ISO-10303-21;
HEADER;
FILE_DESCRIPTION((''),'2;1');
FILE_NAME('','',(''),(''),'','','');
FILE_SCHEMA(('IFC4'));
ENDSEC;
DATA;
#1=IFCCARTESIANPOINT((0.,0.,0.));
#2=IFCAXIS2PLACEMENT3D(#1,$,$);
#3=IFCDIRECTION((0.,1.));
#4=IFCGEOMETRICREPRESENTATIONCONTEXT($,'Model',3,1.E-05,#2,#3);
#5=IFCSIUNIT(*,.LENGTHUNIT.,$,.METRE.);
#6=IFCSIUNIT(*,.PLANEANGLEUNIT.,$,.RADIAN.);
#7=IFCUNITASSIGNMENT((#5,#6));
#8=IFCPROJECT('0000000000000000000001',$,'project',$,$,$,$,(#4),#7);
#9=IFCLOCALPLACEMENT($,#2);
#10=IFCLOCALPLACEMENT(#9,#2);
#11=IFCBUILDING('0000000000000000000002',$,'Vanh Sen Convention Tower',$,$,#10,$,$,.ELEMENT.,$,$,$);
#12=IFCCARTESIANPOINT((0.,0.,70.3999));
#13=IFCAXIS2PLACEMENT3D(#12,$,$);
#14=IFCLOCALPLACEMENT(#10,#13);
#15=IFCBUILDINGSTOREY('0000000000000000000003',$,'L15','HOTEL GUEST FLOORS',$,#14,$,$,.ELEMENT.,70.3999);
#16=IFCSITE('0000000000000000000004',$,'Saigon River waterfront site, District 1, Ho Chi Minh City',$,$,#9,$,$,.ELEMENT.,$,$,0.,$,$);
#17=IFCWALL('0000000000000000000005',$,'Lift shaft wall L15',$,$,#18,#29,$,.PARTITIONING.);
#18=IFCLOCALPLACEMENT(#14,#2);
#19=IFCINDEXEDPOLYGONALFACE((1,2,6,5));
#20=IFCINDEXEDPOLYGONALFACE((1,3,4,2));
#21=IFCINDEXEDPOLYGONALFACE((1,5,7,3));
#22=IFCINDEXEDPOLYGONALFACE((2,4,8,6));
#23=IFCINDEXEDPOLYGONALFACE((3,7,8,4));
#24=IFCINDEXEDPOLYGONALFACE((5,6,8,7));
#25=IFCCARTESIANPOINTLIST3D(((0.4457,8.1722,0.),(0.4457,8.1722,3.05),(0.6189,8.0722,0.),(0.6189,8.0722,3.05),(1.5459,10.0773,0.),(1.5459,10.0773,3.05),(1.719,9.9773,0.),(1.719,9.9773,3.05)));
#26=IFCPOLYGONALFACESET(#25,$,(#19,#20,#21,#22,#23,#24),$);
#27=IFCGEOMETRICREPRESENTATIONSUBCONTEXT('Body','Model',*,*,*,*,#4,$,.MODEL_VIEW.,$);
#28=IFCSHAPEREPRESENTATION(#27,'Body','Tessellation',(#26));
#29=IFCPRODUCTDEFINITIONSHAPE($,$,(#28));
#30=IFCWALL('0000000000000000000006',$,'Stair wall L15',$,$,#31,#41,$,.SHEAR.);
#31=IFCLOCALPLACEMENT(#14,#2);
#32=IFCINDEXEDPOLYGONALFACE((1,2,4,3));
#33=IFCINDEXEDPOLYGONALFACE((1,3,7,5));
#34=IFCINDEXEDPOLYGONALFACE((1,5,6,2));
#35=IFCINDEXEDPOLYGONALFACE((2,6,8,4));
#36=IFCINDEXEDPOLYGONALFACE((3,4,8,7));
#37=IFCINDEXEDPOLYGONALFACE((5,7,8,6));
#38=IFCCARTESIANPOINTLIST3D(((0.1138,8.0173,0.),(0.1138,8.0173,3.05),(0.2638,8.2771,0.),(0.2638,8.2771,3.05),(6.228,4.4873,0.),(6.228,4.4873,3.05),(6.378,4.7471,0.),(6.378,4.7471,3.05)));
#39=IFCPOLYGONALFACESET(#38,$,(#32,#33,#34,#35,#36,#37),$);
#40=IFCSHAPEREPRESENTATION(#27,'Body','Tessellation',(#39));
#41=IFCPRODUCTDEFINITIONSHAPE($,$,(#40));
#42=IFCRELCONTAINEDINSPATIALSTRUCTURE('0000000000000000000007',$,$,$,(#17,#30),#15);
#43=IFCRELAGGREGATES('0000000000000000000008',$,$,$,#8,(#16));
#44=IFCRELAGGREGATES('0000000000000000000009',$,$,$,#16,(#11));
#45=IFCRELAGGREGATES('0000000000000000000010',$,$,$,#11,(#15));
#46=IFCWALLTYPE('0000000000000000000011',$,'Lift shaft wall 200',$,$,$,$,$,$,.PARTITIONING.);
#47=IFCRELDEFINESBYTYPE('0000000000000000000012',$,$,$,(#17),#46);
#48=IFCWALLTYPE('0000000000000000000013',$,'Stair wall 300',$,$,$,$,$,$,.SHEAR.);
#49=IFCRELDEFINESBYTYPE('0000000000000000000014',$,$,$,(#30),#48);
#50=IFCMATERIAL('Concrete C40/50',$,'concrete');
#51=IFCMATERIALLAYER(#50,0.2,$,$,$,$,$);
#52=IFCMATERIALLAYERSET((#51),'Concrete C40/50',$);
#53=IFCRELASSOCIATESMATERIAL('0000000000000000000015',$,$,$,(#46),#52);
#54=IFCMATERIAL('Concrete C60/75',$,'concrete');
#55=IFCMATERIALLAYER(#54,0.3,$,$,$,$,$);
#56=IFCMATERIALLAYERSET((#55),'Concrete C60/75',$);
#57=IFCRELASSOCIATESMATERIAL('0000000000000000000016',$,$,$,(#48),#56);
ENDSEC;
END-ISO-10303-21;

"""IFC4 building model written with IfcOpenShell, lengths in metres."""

from ifc_helpers import new_model, si_unit, direction, frame, frame_2d, origin, place, context, subcontext, project, spatial, rectangle, extrude, material, layer, layer_set, type_object, element, save


model = new_model("IFC4")

# Units and contexts
model_context = context("Model", 3, precision=1e-05, world=origin(), true_north=direction((0.0, 1.0)))
body_context = subcontext(model_context, "Body", "Model", "MODEL_VIEW")
ifc_project = project(units=[si_unit("LENGTHUNIT", "METRE"), si_unit("PLANEANGLEUNIT", "RADIAN")], contexts=[model_context])

# Site, building, storey
site_placement = place(None, origin())
site = spatial("IfcSite", under=ifc_project, at=site_placement, Name="Saigon River waterfront site, District 1, Ho Chi Minh City", CompositionType="ELEMENT", RefElevation=0.0)
building_placement = place(site_placement, origin())
building = spatial("IfcBuilding", under=site, at=building_placement, Name="Vanh Sen Convention Tower", CompositionType="ELEMENT")
storey_placement = place(building_placement, frame((0.0, 0.0, 70.3999)))
storey = spatial("IfcBuildingStorey", under=building, at=storey_placement, Name="L15", Description="HOTEL GUEST FLOORS", CompositionType="ELEMENT", Elevation=70.3999)

# Shared definitions
ifc_material_1 = material(Name="Concrete C60/75", Category="concrete")

# Walls
ifc_material_2 = material(Name="Concrete C40/50", Category="concrete")
ifc_layer_1 = layer(ifc_material_2, 0.2)
ifc_layer_set_1 = layer_set([ifc_layer_1], Name="Concrete C40/50")
wall_type_1 = type_object("IfcWallType", Name="Lift shaft wall 200", PredefinedType="PARTITIONING", material=ifc_layer_set_1)
for number, where, z_axis, x_axis, name in (
    (1, (0.5322, 8.1221, 0.0), (0.0, 0.0, 1.0), (0.500078, 0.86598, 0.0), "Lift shaft wall L15"),
):
    element("IfcWall", number, at=place(storey_placement, frame(where, z_axis=z_axis, x_axis=x_axis)), inside=storey, type_object=wall_type_1, Name=name, PredefinedType="PARTITIONING", context=body_context, shape_type="SweptSolid", body=[
        extrude(rectangle(XDim=2.2, YDim=0.2, at=frame_2d((1.1001, 0.0))), origin(), (0.0, 0.0, 1.0), 3.05),
    ])
ifc_layer_2 = layer(ifc_material_1, 0.3)
ifc_layer_set_2 = layer_set([ifc_layer_2], Name="Concrete C60/75")
wall_type_2 = type_object("IfcWallType", Name="Stair wall 300", PredefinedType="SHEAR", material=ifc_layer_set_2)
wall_1_placement = place(storey_placement, frame((6.303, 4.6172, 0.0), z_axis=(0.0, 0.0, 1.0), x_axis=(-0.866028, 0.499996, 0.0)))
element("IfcWall", 2, at=wall_1_placement, inside=storey, type_object=wall_type_2, Name="Stair wall L15", PredefinedType="SHEAR", context=body_context, shape_type="SweptSolid", body=[
    extrude(rectangle(XDim=7.0601, YDim=0.3, at=frame_2d((3.53, 0.0))), origin(), (0.0, 0.0, 1.0), 3.05),
])

save(model, "model.ifc")
